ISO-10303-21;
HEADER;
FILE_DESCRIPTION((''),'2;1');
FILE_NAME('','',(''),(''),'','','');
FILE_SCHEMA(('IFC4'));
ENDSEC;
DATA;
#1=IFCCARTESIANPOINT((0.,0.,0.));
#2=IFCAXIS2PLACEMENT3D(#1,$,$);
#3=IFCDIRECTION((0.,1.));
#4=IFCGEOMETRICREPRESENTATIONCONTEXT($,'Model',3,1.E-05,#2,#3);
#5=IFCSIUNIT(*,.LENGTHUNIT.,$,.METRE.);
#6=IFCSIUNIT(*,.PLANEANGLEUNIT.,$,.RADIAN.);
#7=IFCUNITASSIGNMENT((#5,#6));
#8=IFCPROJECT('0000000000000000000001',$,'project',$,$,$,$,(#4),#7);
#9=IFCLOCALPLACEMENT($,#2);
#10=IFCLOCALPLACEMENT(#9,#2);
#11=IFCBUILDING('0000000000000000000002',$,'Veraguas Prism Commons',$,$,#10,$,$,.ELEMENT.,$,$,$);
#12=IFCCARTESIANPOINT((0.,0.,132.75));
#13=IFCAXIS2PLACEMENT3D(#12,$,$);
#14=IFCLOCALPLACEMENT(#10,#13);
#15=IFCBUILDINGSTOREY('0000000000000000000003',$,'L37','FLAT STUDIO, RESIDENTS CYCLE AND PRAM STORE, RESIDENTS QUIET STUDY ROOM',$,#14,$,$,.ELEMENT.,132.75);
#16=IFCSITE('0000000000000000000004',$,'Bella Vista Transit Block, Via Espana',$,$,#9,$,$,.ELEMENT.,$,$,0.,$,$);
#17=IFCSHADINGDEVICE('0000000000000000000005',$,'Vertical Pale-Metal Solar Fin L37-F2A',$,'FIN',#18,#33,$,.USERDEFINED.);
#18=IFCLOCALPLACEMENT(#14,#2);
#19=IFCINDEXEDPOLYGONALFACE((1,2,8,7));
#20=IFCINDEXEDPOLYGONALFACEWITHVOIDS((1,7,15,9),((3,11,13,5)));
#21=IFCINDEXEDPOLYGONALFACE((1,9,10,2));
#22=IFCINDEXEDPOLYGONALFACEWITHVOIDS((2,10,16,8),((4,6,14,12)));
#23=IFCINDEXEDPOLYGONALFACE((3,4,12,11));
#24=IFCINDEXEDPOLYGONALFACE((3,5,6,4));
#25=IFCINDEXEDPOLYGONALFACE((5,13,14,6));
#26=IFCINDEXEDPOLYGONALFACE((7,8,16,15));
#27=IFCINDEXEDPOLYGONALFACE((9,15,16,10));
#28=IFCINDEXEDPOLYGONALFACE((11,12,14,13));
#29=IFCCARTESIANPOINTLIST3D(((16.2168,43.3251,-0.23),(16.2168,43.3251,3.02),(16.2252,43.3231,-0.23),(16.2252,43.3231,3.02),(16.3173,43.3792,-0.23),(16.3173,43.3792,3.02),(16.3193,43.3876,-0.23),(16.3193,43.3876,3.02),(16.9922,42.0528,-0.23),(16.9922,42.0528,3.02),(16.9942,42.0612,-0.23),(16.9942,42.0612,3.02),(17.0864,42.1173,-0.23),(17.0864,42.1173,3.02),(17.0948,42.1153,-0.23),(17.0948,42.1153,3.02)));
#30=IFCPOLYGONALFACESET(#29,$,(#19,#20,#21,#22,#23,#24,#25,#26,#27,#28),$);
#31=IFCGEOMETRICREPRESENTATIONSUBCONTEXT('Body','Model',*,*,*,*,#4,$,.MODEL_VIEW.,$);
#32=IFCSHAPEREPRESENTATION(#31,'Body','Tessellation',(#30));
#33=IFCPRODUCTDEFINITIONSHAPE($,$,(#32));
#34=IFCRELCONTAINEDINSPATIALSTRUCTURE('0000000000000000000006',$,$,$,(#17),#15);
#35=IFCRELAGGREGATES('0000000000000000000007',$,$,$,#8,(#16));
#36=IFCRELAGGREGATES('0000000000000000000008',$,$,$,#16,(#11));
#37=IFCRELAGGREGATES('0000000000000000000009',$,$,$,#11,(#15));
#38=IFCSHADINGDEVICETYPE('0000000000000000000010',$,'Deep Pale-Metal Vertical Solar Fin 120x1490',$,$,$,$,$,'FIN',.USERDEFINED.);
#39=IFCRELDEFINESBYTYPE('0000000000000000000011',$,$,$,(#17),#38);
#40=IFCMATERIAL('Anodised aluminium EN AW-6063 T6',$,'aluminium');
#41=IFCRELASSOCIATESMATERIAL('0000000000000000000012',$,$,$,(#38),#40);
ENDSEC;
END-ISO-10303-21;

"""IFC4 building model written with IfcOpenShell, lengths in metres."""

from ifc_helpers import new_model, si_unit, direction, frame, origin, origin_2d, place, context, subcontext, project, spatial, hollow_rectangle, extrude, material, material_profile, profile_set, type_object, element, save


model = new_model("IFC4")

# Units and contexts
model_context = context("Model", 3, precision=1e-05, world=origin(), true_north=direction((0.0, 1.0)))
body_context = subcontext(model_context, "Body", "Model", "MODEL_VIEW")
ifc_project = project(units=[si_unit("LENGTHUNIT", "METRE"), si_unit("PLANEANGLEUNIT", "RADIAN")], contexts=[model_context])

# Site, building, storey
site_placement = place(None, origin())
site = spatial("IfcSite", under=ifc_project, at=site_placement, Name="Bella Vista Transit Block, Via Espana", CompositionType="ELEMENT", RefElevation=0.0)
building_placement = place(site_placement, origin())
building = spatial("IfcBuilding", under=site, at=building_placement, Name="Veraguas Prism Commons", CompositionType="ELEMENT")
storey_placement = place(building_placement, frame((0.0, 0.0, 132.75)))
storey = spatial("IfcBuildingStorey", under=building, at=storey_placement, Name="L37", Description="FLAT STUDIO, RESIDENTS CYCLE AND PRAM STORE, RESIDENTS QUIET STUDY ROOM", CompositionType="ELEMENT", Elevation=132.75)

# Shared definitions
ifc_material_1 = material(Name="Anodised aluminium EN AW-6063 T6", Category="aluminium")

# Shading device
ifc_material_profile_1 = material_profile(ifc_material_1, hollow_rectangle(XDim=0.1201, YDim=1.49, WallThickness=0.0061, at=origin_2d()), Name="FIN120X1490X6")
ifc_profile_set_1 = profile_set([ifc_material_profile_1], Name="Anodised aluminium EN AW-6063 T6")
shading_device_type = type_object("IfcShadingDeviceType", Name="Deep Pale-Metal Vertical Solar Fin 120x1490", ElementType="FIN", PredefinedType="USERDEFINED", material=ifc_profile_set_1)
shading_device_placement = place(storey_placement, frame((16.6558, 42.7202, -0.23), z_axis=(0.0, 0.0, 1.0), x_axis=(-0.853916, -0.520411, 0.0)))
element("IfcShadingDevice", 1, at=shading_device_placement, inside=storey, type_object=shading_device_type, Name="Vertical Pale-Metal Solar Fin L37-F2A", ObjectType="FIN", PredefinedType="USERDEFINED", context=body_context, shape_type="SweptSolid", body=[
    extrude(hollow_rectangle(XDim=0.1201, YDim=1.49, WallThickness=0.0061, at=origin_2d()), origin(), (0.0, 0.0, 1.0), 3.25),
])

save(model, "model.ifc")
